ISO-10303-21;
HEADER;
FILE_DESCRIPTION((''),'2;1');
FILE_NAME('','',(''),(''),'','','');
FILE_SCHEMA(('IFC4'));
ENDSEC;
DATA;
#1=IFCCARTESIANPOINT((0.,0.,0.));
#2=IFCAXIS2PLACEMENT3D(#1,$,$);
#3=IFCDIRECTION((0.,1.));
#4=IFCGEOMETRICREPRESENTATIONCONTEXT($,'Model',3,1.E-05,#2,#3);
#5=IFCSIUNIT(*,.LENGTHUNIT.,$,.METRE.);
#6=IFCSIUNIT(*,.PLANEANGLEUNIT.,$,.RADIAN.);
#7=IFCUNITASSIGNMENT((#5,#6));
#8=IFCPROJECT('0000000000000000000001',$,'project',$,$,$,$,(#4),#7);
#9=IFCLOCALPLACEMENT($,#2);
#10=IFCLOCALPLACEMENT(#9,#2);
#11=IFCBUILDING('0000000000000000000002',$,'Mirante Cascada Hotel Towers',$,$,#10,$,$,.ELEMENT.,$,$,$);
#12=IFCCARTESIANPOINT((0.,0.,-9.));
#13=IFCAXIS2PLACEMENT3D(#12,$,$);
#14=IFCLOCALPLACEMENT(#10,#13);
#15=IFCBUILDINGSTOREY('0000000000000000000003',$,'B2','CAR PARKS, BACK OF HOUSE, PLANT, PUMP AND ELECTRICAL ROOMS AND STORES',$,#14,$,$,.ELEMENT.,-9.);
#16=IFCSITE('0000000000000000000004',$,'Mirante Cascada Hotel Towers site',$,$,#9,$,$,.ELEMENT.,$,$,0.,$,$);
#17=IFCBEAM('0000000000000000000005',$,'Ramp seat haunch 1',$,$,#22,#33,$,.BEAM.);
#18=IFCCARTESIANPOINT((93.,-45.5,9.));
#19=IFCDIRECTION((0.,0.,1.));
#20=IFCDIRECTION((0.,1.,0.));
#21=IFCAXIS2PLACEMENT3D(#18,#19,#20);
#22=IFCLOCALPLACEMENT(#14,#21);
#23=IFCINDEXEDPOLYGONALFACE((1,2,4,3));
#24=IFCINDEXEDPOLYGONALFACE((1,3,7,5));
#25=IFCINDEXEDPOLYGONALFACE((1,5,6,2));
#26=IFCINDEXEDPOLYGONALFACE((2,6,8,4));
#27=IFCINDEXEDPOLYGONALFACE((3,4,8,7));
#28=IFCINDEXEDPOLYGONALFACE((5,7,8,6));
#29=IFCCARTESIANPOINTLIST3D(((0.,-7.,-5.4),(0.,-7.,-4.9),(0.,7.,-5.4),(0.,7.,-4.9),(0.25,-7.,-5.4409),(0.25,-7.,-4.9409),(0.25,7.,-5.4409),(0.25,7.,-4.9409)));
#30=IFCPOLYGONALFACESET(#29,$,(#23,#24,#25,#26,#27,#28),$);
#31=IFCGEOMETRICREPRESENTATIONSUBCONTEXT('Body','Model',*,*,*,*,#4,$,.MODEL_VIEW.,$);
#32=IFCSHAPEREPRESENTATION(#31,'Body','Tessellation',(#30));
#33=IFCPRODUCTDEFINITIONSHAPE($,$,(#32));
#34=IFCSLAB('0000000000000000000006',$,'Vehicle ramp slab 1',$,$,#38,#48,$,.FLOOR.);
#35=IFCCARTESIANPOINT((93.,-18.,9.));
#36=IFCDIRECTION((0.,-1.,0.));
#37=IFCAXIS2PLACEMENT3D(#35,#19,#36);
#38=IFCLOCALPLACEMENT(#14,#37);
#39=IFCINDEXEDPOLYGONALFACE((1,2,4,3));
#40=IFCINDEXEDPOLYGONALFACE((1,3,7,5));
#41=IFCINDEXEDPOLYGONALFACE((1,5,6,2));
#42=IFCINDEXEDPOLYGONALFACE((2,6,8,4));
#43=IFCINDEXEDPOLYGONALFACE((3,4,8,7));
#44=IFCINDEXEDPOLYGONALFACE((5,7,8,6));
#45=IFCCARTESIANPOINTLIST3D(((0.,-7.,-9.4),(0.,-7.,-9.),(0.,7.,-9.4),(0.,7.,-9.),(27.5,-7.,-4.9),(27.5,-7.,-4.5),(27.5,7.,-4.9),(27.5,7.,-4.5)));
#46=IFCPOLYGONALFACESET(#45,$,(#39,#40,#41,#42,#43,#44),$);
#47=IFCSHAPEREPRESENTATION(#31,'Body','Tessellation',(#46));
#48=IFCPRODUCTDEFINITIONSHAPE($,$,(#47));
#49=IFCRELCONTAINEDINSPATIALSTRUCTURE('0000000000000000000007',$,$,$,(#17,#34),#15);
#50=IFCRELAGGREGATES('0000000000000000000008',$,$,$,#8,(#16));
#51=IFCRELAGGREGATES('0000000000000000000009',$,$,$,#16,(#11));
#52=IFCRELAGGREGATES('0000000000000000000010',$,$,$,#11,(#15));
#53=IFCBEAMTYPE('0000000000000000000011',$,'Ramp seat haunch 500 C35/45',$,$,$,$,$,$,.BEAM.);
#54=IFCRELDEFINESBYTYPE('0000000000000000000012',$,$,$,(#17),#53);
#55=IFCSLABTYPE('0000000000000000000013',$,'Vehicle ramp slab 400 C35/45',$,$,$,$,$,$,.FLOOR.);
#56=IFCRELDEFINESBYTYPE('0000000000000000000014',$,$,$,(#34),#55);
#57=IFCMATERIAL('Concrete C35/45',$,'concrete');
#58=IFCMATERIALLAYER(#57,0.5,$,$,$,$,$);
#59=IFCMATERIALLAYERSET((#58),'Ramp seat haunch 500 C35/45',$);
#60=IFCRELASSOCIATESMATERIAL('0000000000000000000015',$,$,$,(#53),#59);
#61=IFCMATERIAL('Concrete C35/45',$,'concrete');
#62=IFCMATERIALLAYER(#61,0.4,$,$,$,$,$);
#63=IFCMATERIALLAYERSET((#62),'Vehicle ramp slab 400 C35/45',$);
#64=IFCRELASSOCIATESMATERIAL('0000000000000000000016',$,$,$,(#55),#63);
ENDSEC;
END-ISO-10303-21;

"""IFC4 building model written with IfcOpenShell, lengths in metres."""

from ifc_helpers import new_model, si_unit, direction, frame, origin, place, context, subcontext, project, spatial, polyline, outline, extrude, material, layer, layer_set, type_object, element, save


model = new_model("IFC4")

# Units and contexts
model_context = context("Model", 3, precision=1e-05, world=origin(), true_north=direction((0.0, 1.0)))
body_context = subcontext(model_context, "Body", "Model", "MODEL_VIEW")
ifc_project = project(units=[si_unit("LENGTHUNIT", "METRE"), si_unit("PLANEANGLEUNIT", "RADIAN")], contexts=[model_context])

# Site, building, storey
site_placement = place(None, origin())
site = spatial("IfcSite", under=ifc_project, at=site_placement, Name="Mirante Cascada Hotel Towers site", CompositionType="ELEMENT", RefElevation=0.0)
building_placement = place(site_placement, origin())
building = spatial("IfcBuilding", under=site, at=building_placement, Name="Mirante Cascada Hotel Towers", CompositionType="ELEMENT")
storey_placement = place(building_placement, frame((0.0, 0.0, -9.0)))
storey = spatial("IfcBuildingStorey", under=building, at=storey_placement, Name="B2", Description="CAR PARKS, BACK OF HOUSE, PLANT, PUMP AND ELECTRICAL ROOMS AND STORES", CompositionType="ELEMENT", Elevation=-9.0)

# Beam
ifc_material_1 = material(Name="Concrete C35/45", Category="concrete")
ifc_layer_1 = layer(ifc_material_1, 0.5)
ifc_layer_set_1 = layer_set([ifc_layer_1], Name="Ramp seat haunch 500 C35/45")
beam_type = type_object("IfcBeamType", Name="Ramp seat haunch 500 C35/45", PredefinedType="BEAM", material=ifc_layer_set_1)
beam_placement = place(storey_placement, frame((93.0, -45.5, 9.0), z_axis=(0.0, 0.0, 1.0), x_axis=(0.0, 1.0, 0.0)))
element("IfcBeam", 1, at=beam_placement, inside=storey, type_object=beam_type, Name="Ramp seat haunch 1", PredefinedType="BEAM", context=body_context, shape_type="SweptSolid", body=[
    extrude(outline(polyline([(0.0, -5.4), (0.25, -5.4409), (0.25, -4.9409), (0.0, -4.9), (0.0, -5.4)])), frame((0.0, 7.0, 0.0), z_axis=(0.0, -1.0, 0.0), x_axis=(1.0, 0.0, 0.0)), (0.0, 0.0, 1.0), 14.0),
])

# Slab
ifc_material_2 = material(Name="Concrete C35/45", Category="concrete")
ifc_layer_2 = layer(ifc_material_2, 0.4)
ifc_layer_set_2 = layer_set([ifc_layer_2], Name="Vehicle ramp slab 400 C35/45")
slab_type = type_object("IfcSlabType", Name="Vehicle ramp slab 400 C35/45", PredefinedType="FLOOR", material=ifc_layer_set_2)
slab_placement = place(storey_placement, frame((93.0, -18.0, 9.0), z_axis=(0.0, 0.0, 1.0), x_axis=(0.0, -1.0, 0.0)))
element("IfcSlab", 2, at=slab_placement, inside=storey, type_object=slab_type, Name="Vehicle ramp slab 1", PredefinedType="FLOOR", context=body_context, shape_type="SweptSolid", body=[
    extrude(outline(polyline([(0.0, -9.4), (27.5, -4.9), (27.5, -4.5), (0.0, -9.0), (0.0, -9.4)])), frame((0.0, 7.0, 0.0), z_axis=(0.0, -1.0, 0.0), x_axis=(1.0, 0.0, 0.0)), (0.0, 0.0, 1.0), 14.0),
])

save(model, "model.ifc")
